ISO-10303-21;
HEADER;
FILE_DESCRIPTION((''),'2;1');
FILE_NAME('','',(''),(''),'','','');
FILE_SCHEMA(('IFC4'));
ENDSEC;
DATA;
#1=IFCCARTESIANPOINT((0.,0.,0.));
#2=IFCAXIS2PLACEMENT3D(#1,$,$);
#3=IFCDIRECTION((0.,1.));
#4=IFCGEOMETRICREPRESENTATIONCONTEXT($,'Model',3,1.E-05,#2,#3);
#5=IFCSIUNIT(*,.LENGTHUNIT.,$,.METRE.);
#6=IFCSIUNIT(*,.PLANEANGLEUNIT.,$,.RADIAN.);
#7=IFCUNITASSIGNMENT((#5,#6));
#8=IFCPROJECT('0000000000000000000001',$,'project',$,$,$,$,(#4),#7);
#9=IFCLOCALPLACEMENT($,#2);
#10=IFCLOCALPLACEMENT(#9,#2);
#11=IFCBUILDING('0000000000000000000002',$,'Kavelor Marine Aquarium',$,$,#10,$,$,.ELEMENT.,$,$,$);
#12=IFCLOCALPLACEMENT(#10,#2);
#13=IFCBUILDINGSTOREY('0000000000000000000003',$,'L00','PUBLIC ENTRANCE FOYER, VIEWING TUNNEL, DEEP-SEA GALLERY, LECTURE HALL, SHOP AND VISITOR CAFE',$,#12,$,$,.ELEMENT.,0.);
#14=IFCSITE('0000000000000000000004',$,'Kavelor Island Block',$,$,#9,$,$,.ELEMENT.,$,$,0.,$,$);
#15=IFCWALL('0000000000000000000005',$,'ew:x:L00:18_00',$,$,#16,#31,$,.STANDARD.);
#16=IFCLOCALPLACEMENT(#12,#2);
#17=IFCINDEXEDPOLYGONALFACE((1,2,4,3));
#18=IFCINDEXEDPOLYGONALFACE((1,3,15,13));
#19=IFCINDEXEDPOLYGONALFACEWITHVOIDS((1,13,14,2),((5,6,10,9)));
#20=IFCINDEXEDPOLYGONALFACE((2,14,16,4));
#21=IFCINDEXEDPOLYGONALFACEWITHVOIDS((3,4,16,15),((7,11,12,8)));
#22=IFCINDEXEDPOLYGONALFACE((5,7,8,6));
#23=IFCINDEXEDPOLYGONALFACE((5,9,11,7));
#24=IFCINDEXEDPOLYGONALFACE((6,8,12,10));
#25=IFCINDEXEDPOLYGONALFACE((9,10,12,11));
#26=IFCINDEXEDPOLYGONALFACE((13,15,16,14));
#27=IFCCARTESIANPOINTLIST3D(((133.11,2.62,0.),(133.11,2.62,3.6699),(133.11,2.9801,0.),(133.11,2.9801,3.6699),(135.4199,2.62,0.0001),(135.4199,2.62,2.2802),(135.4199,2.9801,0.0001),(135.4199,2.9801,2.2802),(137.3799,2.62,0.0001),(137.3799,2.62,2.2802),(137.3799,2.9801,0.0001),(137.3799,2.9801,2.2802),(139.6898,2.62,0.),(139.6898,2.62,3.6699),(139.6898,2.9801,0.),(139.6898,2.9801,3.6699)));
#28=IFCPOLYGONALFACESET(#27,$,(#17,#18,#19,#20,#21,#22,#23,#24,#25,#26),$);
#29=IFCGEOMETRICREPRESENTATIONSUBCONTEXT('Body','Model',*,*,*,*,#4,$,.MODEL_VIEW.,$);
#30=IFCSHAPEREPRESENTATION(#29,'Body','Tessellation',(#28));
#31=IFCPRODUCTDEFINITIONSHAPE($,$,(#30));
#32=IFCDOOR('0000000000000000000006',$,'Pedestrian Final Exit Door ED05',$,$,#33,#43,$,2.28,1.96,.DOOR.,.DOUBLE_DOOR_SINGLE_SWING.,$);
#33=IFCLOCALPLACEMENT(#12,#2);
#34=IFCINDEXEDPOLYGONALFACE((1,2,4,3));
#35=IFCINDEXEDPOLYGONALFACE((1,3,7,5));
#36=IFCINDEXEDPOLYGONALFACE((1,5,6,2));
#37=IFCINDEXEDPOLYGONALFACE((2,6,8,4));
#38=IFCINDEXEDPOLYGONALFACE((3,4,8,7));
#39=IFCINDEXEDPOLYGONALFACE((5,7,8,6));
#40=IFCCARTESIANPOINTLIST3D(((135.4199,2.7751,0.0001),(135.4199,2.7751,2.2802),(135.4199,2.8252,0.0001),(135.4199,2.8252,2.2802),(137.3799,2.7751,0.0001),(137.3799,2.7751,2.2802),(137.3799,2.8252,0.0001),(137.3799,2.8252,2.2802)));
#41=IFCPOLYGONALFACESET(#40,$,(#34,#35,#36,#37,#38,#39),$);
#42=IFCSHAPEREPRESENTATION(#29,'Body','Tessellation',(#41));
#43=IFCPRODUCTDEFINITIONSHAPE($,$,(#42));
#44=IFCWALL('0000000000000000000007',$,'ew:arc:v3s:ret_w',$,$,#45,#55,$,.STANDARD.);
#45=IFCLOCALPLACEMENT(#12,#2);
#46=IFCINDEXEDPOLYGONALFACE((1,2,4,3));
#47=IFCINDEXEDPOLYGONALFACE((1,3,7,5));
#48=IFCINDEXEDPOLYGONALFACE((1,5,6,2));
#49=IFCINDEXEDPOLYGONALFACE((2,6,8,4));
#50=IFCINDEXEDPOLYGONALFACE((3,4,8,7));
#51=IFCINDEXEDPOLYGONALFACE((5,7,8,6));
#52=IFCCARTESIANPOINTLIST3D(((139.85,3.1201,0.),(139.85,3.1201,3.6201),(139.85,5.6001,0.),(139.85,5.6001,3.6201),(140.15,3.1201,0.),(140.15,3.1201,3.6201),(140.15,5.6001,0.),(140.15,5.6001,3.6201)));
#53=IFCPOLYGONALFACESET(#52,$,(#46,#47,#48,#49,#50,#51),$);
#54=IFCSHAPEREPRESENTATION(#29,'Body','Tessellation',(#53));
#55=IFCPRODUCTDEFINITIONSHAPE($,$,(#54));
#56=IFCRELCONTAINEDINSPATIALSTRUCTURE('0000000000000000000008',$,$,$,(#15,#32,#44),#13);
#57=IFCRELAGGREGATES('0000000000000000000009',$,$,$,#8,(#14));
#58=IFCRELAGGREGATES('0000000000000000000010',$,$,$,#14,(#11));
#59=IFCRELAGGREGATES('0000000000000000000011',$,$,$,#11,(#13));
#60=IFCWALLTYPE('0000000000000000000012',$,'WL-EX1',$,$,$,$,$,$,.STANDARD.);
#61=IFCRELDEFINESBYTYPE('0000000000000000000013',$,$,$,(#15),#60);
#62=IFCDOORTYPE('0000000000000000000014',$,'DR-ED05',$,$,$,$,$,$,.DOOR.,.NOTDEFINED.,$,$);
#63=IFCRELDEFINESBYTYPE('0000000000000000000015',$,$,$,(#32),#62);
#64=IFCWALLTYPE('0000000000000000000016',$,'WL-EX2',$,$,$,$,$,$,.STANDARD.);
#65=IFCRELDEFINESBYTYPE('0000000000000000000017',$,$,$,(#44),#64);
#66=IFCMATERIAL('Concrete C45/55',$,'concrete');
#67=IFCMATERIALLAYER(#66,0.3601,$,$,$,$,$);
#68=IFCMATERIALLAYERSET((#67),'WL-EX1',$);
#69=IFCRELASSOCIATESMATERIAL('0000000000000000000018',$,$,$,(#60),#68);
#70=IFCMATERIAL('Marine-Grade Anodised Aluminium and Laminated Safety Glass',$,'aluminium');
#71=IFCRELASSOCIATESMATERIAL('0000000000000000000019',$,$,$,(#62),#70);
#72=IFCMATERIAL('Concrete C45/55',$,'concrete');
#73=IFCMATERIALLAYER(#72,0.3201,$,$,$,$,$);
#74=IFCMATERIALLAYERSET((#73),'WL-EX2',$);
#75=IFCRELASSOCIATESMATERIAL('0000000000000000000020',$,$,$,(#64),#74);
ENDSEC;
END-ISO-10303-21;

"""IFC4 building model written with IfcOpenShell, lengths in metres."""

from ifc_helpers import new_model, si_unit, direction, frame, frame_2d, origin, place, context, subcontext, project, spatial, rectangle, extrude, material, layer, layer_set, type_object, element, fill, save


model = new_model("IFC4")

# Units and contexts
model_context = context("Model", 3, precision=1e-05, world=origin(), true_north=direction((0.0, 1.0)))
body_context = subcontext(model_context, "Body", "Model", "MODEL_VIEW")
ifc_project = project(units=[si_unit("LENGTHUNIT", "METRE"), si_unit("PLANEANGLEUNIT", "RADIAN")], contexts=[model_context])

# Site, building, storey
site_placement = place(None, origin())
site = spatial("IfcSite", under=ifc_project, at=site_placement, Name="Kavelor Island Block", CompositionType="ELEMENT", RefElevation=0.0)
building_placement = place(site_placement, origin())
building = spatial("IfcBuilding", under=site, at=building_placement, Name="Kavelor Marine Aquarium", CompositionType="ELEMENT")
storey_placement = place(building_placement, origin())
storey = spatial("IfcBuildingStorey", under=building, at=storey_placement, Name="L00", Description="PUBLIC ENTRANCE FOYER, VIEWING TUNNEL, DEEP-SEA GALLERY, LECTURE HALL, SHOP AND VISITOR CAFE", CompositionType="ELEMENT", Elevation=0.0)

# Wall, opening, door
ifc_material_1 = material(Name="Concrete C45/55", Category="concrete")
ifc_layer_1 = layer(ifc_material_1, 0.3601)
ifc_layer_set_1 = layer_set([ifc_layer_1], Name="WL-EX1")
wall_type_1 = type_object("IfcWallType", Name="WL-EX1", PredefinedType="STANDARD", material=ifc_layer_set_1)
wall_1_placement = place(storey_placement, frame((139.6899, 2.8, 0.0), z_axis=(0.0, 0.0, 1.0), x_axis=(-1.0, 0.0, 0.0)))
wall_1 = element("IfcWall", 1, at=wall_1_placement, inside=storey, type_object=wall_type_1, Name="ew:x:L00:18_00", PredefinedType="STANDARD", context=body_context, shape_type="SweptSolid", body=[
    extrude(rectangle(XDim=6.5798, YDim=0.3601, at=frame_2d((3.29, 0.0))), origin(), (0.0, 0.0, 1.0), 3.6699),
])
opening_1_placement = place(wall_1_placement, frame((2.3101, 0.0, 0.0)))
opening_1 = element("IfcOpeningElement", 2, at=opening_1_placement, cuts=wall_1, PredefinedType="OPENING", context=body_context, shape_type="SweptSolid", body=[
    extrude(rectangle(XDim=1.96, YDim=2.28, at=frame_2d((0.98, 1.1401))), frame((0.0, 0.1899, 0.0), z_axis=(0.0, -1.0, 0.0), x_axis=(1.0, 0.0, 0.0)), (0.0, 0.0, 1.0), 0.3801),
])
ifc_material_2 = material(Name="Marine-Grade Anodised Aluminium and Laminated Safety Glass", Category="aluminium")
door_type_1 = type_object("IfcDoorType", Name="DR-ED05", OperationType="NOTDEFINED", PredefinedType="DOOR", material=ifc_material_2)
door_1_placement = place(opening_1_placement, origin())
door_1 = element("IfcDoor", 3, at=door_1_placement, inside=storey, type_object=door_type_1, Name="Pedestrian Final Exit Door ED05", OperationType="DOUBLE_DOOR_SINGLE_SWING", OverallHeight=2.28, OverallWidth=1.96, PredefinedType="DOOR", context=body_context, shape_type="SweptSolid", body=[
    extrude(rectangle(XDim=1.96, YDim=2.28, at=frame_2d((0.98, 1.1401))), frame((0.0, 0.0249, 0.0), z_axis=(0.0, -1.0, 0.0), x_axis=(1.0, 0.0, 0.0)), (0.0, 0.0, 1.0), 0.05),
])
fill(opening_1, door_1)

# Wall
ifc_material_3 = material(Name="Concrete C45/55", Category="concrete")
ifc_layer_2 = layer(ifc_material_3, 0.3201)
ifc_layer_set_2 = layer_set([ifc_layer_2], Name="WL-EX2")
wall_type_2 = type_object("IfcWallType", Name="WL-EX2", PredefinedType="STANDARD", material=ifc_layer_set_2)
wall_2_placement = place(storey_placement, frame((140.0, 5.6001, 0.0), z_axis=(0.0, 0.0, 1.0), x_axis=(0.0, -1.0, 0.0)))
element("IfcWall", 4, at=wall_2_placement, inside=storey, type_object=wall_type_2, Name="ew:arc:v3s:ret_w", PredefinedType="STANDARD", context=body_context, shape_type="SweptSolid", body=[
    extrude(rectangle(XDim=2.48, YDim=0.3, at=frame_2d((1.24, 0.0))), origin(), (0.0, 0.0, 1.0), 3.6201),
])

save(model, "model.ifc")
